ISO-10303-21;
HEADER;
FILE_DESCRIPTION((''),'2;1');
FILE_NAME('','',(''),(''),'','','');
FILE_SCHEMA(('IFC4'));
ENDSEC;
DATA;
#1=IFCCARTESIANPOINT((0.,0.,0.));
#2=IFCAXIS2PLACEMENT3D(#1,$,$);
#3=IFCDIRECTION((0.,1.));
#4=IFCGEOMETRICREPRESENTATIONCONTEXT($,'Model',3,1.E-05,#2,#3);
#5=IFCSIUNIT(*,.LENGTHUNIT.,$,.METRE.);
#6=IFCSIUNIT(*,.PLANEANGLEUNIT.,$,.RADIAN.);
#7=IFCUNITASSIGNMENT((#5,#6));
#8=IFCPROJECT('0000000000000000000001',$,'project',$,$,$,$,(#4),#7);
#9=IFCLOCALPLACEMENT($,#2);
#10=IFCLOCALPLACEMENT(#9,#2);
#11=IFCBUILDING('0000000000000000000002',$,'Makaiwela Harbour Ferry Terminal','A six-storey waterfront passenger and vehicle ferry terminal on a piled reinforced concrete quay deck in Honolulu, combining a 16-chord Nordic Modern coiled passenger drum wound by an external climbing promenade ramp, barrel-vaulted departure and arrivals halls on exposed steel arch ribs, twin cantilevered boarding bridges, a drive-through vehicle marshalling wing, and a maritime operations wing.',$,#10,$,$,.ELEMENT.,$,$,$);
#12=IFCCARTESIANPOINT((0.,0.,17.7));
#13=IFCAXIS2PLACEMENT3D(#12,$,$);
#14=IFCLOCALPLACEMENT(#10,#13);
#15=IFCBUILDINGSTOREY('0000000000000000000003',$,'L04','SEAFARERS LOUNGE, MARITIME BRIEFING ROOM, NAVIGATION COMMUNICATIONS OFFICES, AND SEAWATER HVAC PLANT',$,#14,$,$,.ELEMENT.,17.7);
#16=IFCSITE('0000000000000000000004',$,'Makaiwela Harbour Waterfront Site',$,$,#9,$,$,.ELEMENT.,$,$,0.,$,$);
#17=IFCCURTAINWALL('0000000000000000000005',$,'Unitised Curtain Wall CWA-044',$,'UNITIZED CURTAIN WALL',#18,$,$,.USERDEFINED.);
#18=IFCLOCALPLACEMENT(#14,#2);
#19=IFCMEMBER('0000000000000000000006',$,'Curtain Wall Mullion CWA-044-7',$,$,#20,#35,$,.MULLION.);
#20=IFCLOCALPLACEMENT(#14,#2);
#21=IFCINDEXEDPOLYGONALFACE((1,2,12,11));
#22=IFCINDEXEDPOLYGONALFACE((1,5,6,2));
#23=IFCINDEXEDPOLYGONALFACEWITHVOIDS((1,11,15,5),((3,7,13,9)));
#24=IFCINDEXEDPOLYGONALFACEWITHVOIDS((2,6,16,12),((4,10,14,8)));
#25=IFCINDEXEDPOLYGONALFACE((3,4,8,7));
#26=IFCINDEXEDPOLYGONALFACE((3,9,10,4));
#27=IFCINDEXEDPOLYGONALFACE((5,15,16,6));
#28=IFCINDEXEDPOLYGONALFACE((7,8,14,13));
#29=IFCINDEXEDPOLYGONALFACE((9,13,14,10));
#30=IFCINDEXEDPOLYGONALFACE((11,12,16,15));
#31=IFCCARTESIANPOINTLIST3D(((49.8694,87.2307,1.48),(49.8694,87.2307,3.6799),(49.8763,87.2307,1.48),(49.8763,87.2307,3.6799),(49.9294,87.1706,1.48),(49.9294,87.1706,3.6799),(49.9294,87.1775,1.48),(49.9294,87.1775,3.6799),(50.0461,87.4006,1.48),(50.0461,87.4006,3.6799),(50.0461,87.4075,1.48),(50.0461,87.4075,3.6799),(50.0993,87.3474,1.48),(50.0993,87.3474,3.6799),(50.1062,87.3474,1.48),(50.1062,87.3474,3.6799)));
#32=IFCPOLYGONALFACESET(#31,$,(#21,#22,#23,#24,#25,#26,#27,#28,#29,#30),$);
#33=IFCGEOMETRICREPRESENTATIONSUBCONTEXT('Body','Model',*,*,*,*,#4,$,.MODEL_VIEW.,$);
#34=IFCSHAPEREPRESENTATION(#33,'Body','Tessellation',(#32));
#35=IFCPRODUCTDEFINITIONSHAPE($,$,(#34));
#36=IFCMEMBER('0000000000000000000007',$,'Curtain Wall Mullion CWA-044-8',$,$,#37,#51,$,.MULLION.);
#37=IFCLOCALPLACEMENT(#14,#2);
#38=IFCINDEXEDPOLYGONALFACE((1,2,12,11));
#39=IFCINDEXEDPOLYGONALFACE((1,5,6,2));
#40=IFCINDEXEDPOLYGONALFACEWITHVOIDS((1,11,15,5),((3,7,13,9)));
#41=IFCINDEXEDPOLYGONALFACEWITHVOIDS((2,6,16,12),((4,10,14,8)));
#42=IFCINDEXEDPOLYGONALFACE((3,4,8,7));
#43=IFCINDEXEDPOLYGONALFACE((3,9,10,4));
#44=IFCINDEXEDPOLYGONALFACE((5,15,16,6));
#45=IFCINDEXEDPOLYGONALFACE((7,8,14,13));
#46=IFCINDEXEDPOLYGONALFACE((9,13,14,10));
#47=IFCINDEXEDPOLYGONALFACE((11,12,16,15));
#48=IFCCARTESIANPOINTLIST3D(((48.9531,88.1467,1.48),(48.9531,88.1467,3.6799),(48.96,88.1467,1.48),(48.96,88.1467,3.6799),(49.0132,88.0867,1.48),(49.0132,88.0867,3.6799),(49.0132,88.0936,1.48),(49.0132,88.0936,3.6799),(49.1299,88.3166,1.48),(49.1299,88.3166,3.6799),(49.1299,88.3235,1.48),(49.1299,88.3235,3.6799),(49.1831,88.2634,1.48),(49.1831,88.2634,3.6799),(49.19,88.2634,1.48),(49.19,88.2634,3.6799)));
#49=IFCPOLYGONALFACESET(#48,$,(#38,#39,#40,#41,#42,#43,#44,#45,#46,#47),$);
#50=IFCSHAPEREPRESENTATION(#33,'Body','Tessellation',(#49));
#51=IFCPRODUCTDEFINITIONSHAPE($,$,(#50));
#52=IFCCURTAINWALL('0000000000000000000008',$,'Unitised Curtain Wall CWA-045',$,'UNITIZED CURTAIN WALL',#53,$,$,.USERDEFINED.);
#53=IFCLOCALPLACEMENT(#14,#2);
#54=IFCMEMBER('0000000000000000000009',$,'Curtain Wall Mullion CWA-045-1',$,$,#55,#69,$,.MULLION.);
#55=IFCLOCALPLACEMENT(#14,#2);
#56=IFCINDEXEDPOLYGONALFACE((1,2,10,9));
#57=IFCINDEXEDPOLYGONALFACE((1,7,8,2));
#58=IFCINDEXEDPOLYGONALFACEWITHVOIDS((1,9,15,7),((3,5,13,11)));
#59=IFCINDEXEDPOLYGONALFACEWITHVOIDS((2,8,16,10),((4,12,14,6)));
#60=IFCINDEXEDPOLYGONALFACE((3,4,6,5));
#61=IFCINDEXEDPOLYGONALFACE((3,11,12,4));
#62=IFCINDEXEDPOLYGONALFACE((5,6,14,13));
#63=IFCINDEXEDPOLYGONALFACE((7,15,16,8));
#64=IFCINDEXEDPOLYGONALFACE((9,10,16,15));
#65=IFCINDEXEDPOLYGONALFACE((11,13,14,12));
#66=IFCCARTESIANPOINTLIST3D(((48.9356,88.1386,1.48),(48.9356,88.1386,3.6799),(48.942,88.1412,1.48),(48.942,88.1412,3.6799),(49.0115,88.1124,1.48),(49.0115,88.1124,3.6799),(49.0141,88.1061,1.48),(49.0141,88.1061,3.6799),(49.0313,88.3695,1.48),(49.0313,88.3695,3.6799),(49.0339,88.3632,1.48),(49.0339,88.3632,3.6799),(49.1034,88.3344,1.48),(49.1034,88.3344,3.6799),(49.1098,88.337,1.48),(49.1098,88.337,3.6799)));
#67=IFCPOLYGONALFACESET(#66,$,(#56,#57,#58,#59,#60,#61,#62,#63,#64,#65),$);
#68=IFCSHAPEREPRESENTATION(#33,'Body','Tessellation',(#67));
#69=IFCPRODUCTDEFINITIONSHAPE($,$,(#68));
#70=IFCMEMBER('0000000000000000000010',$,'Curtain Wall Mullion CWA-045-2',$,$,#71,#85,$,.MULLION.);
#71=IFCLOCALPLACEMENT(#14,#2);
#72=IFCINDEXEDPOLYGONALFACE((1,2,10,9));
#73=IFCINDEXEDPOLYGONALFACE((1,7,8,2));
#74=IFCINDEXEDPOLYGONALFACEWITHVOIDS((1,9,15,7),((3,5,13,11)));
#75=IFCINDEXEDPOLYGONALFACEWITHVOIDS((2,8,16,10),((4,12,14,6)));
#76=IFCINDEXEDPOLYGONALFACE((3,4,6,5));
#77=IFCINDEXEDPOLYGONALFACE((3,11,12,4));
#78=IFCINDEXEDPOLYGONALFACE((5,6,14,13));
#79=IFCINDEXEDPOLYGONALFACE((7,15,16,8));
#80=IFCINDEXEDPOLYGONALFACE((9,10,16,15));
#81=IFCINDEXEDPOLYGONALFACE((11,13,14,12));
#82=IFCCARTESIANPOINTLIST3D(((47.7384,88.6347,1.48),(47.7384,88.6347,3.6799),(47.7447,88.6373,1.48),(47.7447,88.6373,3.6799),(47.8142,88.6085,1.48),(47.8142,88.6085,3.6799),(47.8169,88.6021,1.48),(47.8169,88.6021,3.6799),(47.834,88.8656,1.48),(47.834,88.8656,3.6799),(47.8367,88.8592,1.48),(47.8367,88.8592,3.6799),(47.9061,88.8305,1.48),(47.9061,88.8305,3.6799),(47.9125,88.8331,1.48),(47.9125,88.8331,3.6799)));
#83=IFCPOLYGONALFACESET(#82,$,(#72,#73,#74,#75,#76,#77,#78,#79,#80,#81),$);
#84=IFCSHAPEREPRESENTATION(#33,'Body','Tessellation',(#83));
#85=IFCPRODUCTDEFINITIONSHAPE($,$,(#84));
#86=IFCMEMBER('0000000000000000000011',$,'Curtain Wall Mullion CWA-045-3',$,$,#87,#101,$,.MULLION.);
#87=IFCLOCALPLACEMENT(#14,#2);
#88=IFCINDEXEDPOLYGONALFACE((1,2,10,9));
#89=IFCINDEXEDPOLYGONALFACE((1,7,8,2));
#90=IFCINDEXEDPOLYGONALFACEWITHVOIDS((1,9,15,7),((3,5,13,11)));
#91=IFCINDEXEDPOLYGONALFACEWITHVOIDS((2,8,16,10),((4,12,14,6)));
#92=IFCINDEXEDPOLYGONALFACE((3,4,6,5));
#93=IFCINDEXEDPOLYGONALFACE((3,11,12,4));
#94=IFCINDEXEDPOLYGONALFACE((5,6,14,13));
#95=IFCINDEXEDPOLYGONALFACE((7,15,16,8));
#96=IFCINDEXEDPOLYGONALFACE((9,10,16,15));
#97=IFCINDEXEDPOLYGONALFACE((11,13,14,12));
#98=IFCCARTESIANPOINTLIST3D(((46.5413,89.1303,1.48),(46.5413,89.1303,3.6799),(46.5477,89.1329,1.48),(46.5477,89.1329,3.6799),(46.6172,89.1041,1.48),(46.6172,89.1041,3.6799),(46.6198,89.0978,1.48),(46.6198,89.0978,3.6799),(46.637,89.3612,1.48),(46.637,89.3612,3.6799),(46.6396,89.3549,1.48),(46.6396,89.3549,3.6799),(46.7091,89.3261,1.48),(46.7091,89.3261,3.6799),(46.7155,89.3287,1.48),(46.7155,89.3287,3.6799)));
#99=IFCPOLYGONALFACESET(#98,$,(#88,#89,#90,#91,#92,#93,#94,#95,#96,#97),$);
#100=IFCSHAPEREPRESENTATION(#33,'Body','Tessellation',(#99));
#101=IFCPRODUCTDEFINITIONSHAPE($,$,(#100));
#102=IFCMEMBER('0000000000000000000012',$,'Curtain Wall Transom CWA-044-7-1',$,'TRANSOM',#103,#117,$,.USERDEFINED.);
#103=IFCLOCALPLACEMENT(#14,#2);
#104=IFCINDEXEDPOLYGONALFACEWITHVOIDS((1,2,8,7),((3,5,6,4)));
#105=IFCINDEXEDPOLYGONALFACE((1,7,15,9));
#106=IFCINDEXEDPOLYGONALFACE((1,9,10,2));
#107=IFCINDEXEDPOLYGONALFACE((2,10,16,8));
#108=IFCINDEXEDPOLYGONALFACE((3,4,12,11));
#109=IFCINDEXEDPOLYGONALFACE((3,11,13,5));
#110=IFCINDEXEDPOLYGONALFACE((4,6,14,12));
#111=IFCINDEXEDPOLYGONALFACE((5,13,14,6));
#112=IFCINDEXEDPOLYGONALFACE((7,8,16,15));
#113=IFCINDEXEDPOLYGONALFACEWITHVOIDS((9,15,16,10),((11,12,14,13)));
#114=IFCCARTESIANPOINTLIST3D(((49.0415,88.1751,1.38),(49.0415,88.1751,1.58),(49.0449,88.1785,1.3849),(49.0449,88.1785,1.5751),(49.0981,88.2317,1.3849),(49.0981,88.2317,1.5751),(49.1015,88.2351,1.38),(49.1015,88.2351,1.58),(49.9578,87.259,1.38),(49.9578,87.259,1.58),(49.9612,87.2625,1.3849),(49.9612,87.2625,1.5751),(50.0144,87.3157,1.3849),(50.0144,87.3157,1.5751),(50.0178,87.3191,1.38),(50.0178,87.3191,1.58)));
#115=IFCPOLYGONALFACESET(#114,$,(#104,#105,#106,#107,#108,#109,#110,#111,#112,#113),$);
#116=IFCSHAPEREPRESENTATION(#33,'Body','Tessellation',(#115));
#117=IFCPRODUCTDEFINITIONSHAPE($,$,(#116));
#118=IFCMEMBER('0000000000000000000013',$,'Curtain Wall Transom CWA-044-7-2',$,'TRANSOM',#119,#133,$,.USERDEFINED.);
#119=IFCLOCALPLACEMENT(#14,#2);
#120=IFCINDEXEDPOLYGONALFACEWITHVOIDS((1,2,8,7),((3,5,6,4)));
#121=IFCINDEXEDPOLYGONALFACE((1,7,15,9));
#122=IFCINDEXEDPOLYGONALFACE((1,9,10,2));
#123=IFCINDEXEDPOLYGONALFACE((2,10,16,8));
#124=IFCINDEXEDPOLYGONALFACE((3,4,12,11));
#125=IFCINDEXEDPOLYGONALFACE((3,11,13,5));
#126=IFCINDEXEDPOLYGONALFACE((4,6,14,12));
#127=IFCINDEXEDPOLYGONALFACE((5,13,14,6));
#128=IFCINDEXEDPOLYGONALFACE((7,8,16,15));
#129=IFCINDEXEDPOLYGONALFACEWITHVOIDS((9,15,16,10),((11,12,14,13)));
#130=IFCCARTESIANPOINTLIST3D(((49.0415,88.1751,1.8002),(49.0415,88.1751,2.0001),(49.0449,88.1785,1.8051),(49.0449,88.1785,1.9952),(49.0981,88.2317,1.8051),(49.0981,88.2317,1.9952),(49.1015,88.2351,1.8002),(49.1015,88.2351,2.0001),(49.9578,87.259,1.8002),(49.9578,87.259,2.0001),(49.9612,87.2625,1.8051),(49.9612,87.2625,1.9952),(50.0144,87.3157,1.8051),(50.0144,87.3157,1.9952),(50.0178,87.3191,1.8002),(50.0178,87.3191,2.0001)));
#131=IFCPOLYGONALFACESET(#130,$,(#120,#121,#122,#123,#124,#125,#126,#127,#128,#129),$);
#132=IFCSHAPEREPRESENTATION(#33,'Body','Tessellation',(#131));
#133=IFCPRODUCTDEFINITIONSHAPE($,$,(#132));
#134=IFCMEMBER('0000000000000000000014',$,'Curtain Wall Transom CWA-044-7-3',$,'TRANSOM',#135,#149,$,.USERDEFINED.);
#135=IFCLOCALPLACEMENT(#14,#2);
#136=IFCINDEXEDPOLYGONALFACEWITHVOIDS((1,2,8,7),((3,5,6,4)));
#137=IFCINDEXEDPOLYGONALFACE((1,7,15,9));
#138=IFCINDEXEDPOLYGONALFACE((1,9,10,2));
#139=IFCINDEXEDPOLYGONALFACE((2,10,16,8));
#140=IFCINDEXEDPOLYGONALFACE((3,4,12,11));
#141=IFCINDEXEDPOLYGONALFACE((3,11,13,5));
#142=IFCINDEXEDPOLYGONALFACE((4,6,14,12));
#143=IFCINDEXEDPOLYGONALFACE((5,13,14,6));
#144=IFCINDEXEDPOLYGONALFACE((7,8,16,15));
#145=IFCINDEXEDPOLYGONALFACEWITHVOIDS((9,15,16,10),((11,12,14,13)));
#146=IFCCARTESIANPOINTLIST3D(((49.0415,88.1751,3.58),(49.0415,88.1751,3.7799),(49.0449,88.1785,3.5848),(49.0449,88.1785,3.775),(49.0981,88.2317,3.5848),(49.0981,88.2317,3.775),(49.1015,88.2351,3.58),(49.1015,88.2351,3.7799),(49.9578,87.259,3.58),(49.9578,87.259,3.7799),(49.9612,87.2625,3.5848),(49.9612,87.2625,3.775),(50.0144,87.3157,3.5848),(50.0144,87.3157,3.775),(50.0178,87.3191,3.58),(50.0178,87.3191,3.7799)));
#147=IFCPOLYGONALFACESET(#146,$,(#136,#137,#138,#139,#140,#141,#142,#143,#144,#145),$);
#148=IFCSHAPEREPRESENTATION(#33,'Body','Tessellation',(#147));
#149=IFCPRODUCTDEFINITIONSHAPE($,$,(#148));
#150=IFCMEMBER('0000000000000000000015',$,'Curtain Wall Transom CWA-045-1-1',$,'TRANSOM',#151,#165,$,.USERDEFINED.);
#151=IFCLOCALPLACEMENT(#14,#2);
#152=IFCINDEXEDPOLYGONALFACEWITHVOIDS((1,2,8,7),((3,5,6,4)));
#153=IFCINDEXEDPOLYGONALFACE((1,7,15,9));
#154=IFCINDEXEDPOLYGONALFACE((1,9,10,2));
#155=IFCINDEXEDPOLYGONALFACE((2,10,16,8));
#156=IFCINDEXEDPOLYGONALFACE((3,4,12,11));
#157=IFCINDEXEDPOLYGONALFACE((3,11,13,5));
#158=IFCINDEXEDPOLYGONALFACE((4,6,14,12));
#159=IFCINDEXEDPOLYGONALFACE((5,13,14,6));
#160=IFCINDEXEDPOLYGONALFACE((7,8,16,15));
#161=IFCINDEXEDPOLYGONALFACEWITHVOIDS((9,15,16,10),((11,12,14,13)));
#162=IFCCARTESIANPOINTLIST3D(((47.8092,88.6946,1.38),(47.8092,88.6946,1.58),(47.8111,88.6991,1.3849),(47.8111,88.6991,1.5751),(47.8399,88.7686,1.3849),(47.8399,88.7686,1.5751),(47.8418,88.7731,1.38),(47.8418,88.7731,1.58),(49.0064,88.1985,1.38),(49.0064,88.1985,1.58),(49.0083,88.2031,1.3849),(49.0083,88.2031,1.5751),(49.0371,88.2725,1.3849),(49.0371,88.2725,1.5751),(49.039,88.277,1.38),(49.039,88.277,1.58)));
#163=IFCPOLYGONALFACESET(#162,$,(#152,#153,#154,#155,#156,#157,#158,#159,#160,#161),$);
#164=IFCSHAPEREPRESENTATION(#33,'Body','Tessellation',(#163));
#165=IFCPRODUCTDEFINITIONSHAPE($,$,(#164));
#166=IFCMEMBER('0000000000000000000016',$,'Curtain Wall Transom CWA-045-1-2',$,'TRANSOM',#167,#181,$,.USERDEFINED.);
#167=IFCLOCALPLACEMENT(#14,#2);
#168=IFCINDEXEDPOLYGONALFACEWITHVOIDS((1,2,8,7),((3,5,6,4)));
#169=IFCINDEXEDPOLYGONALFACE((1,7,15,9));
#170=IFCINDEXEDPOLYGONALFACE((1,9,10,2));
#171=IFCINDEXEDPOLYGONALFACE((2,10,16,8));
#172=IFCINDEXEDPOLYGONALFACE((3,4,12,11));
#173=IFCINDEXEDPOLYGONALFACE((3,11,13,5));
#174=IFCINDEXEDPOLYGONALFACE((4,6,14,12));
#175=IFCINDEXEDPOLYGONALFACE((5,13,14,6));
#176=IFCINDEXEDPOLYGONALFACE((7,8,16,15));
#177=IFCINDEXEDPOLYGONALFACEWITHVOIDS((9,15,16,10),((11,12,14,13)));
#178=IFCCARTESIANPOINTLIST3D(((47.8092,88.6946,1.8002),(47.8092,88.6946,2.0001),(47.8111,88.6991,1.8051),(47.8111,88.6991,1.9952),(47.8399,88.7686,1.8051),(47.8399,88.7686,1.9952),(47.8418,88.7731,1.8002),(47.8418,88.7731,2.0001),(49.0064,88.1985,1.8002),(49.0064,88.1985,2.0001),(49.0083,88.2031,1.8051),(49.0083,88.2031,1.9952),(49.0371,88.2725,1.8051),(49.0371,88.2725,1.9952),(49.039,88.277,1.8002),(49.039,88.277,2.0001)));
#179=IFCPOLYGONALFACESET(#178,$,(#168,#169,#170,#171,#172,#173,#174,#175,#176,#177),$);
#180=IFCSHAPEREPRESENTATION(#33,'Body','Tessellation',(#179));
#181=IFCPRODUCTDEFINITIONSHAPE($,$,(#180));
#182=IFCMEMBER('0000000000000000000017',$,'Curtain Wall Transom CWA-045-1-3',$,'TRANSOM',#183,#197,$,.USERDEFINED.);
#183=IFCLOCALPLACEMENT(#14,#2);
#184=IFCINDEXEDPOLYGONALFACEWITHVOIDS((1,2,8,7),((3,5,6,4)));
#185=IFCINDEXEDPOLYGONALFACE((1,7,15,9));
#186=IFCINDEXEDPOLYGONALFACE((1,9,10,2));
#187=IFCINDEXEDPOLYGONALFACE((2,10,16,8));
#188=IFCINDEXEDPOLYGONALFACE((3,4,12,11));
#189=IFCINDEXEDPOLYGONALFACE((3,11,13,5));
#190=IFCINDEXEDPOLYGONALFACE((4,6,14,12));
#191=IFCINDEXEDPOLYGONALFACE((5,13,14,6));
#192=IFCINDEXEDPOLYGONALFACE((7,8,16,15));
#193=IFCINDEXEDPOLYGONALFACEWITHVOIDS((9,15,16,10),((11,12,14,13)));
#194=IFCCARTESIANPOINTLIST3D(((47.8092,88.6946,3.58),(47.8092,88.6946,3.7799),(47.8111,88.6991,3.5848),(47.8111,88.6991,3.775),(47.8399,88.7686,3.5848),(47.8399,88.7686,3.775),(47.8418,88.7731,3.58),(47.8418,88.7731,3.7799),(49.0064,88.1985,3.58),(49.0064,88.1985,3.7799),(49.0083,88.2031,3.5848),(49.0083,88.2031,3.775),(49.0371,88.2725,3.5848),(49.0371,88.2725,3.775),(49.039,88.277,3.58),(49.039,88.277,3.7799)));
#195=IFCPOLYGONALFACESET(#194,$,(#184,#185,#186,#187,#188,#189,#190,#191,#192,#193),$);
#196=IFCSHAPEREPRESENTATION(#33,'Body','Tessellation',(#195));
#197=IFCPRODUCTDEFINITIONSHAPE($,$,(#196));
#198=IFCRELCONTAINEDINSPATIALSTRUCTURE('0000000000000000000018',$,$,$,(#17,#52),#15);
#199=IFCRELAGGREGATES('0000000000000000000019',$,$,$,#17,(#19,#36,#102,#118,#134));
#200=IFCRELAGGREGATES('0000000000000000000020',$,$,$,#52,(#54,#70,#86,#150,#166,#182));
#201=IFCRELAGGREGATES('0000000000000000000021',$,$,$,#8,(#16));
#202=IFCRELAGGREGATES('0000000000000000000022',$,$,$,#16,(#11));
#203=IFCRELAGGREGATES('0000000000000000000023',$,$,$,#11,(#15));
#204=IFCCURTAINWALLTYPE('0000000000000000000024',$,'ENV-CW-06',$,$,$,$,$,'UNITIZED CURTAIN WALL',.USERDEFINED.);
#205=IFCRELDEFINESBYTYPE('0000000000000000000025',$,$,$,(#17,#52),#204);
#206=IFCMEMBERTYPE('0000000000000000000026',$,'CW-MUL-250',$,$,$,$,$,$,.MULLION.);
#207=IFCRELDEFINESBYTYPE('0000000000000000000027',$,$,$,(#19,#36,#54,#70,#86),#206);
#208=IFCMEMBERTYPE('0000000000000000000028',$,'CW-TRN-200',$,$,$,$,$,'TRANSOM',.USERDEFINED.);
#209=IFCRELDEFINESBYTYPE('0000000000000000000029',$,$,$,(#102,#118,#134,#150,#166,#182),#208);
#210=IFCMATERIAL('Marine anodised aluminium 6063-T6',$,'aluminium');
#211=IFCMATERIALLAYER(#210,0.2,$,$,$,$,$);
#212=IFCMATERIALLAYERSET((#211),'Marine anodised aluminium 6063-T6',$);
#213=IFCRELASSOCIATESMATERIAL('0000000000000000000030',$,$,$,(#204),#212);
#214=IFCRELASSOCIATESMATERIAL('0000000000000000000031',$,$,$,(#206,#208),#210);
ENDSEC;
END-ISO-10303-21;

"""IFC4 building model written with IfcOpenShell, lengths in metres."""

from ifc_helpers import new_model, si_unit, direction, frame, origin, origin_2d, place, context, subcontext, project, spatial, hollow_rectangle, extrude, material, layer, layer_set, material_profile, profile_set, type_object, element, aggregate, save


model = new_model("IFC4")

# Units and contexts
model_context = context("Model", 3, precision=1e-05, world=origin(), true_north=direction((0.0, 1.0)))
body_context = subcontext(model_context, "Body", "Model", "MODEL_VIEW")
ifc_project = project(units=[si_unit("LENGTHUNIT", "METRE"), si_unit("PLANEANGLEUNIT", "RADIAN")], contexts=[model_context])

# Site, building, storey
site_placement = place(None, origin())
site = spatial("IfcSite", under=ifc_project, at=site_placement, Name="Makaiwela Harbour Waterfront Site", CompositionType="ELEMENT", RefElevation=0.0)
building_placement = place(site_placement, origin())
building = spatial("IfcBuilding", under=site, at=building_placement, Name="Makaiwela Harbour Ferry Terminal", Description="A six-storey waterfront passenger and vehicle ferry terminal on a piled reinforced concrete quay deck in Honolulu, combining a 16-chord Nordic Modern coiled passenger drum wound by an external climbing promenade ramp, barrel-vaulted departure and arrivals halls on exposed steel arch ribs, twin cantilevered boarding bridges, a drive-through vehicle marshalling wing, and a maritime operations wing.", CompositionType="ELEMENT")
storey_placement = place(building_placement, frame((0.0, 0.0, 17.7)))
storey = spatial("IfcBuildingStorey", under=building, at=storey_placement, Name="L04", Description="SEAFARERS LOUNGE, MARITIME BRIEFING ROOM, NAVIGATION COMMUNICATIONS OFFICES, AND SEAWATER HVAC PLANT", CompositionType="ELEMENT", Elevation=17.7)

# Curtain walls, members
ifc_material_1 = material(Name="Marine anodised aluminium 6063-T6", Category="aluminium")
ifc_layer_1 = layer(ifc_material_1, 0.2)
ifc_layer_set_1 = layer_set([ifc_layer_1], Name="Marine anodised aluminium 6063-T6")
curtain_wall_type = type_object("IfcCurtainWallType", Name="ENV-CW-06", ElementType="UNITIZED CURTAIN WALL", PredefinedType="USERDEFINED", material=ifc_layer_set_1)
curtain_wall_1_placement = place(storey_placement, origin())
curtain_wall_1 = element("IfcCurtainWall", 1, at=curtain_wall_1_placement, inside=storey, type_object=curtain_wall_type, Name="Unitised Curtain Wall CWA-044", ObjectType="UNITIZED CURTAIN WALL", PredefinedType="USERDEFINED")
ifc_material_profile_1 = material_profile(ifc_material_1, hollow_rectangle(XDim=0.085, YDim=0.25, WallThickness=0.0049, at=origin_2d()), Name="CWM-250X85")
ifc_profile_set_1 = profile_set([ifc_material_profile_1], Name="Marine anodised aluminium 6063-T6")
member_type_1 = type_object("IfcMemberType", Name="CW-MUL-250", PredefinedType="MULLION", material=ifc_profile_set_1)
member_1_placement = place(storey_placement, frame((49.9878, 87.2891, 1.48), z_axis=(0.0, 0.0, 1.0), x_axis=(-0.707107, 0.707107, 0.0)))
member_1 = element("IfcMember", 2, at=member_1_placement, type_object=member_type_1, Name="Curtain Wall Mullion CWA-044-7", PredefinedType="MULLION", context=body_context, shape_type="SweptSolid", body=[
    extrude(hollow_rectangle(XDim=0.085, YDim=0.25, WallThickness=0.0049, at=origin_2d()), origin(), (0.0, 0.0, 1.0), 2.2),
])
member_2_placement = place(storey_placement, frame((49.0715, 88.2051, 1.48), z_axis=(0.0, 0.0, 1.0), x_axis=(-0.707107, 0.707107, 0.0)))
member_2 = element("IfcMember", 3, at=member_2_placement, type_object=member_type_1, Name="Curtain Wall Mullion CWA-044-8", PredefinedType="MULLION", context=body_context, shape_type="SweptSolid", body=[
    extrude(hollow_rectangle(XDim=0.085, YDim=0.25, WallThickness=0.0049, at=origin_2d()), origin(), (0.0, 0.0, 1.0), 2.2),
])
curtain_wall_2_placement = place(storey_placement, origin())
curtain_wall_2 = element("IfcCurtainWall", 4, at=curtain_wall_2_placement, inside=storey, type_object=curtain_wall_type, Name="Unitised Curtain Wall CWA-045", ObjectType="UNITIZED CURTAIN WALL", PredefinedType="USERDEFINED")
member_3_placement = place(storey_placement, frame((49.0227, 88.2378, 1.48), z_axis=(0.0, 0.0, 1.0), x_axis=(-0.92388, 0.382683, 0.0)))
member_3 = element("IfcMember", 5, at=member_3_placement, type_object=member_type_1, Name="Curtain Wall Mullion CWA-045-1", PredefinedType="MULLION", context=body_context, shape_type="SweptSolid", body=[
    extrude(hollow_rectangle(XDim=0.085, YDim=0.25, WallThickness=0.0049, at=origin_2d()), origin(), (0.0, 0.0, 1.0), 2.2),
])
member_4_placement = place(storey_placement, frame((47.8254, 88.7339, 1.48), z_axis=(0.0, 0.0, 1.0), x_axis=(-0.92388, 0.382683, 0.0)))
member_4 = element("IfcMember", 6, at=member_4_placement, type_object=member_type_1, Name="Curtain Wall Mullion CWA-045-2", PredefinedType="MULLION", context=body_context, shape_type="SweptSolid", body=[
    extrude(hollow_rectangle(XDim=0.085, YDim=0.25, WallThickness=0.0049, at=origin_2d()), origin(), (0.0, 0.0, 1.0), 2.2),
])
member_5_placement = place(storey_placement, frame((46.6284, 89.2295, 1.48), z_axis=(0.0, 0.0, 1.0), x_axis=(-0.92388, 0.382683, 0.0)))
member_5 = element("IfcMember", 7, at=member_5_placement, type_object=member_type_1, Name="Curtain Wall Mullion CWA-045-3", PredefinedType="MULLION", context=body_context, shape_type="SweptSolid", body=[
    extrude(hollow_rectangle(XDim=0.085, YDim=0.25, WallThickness=0.0049, at=origin_2d()), origin(), (0.0, 0.0, 1.0), 2.2),
])

# Members
ifc_material_profile_2 = material_profile(ifc_material_1, hollow_rectangle(XDim=0.085, YDim=0.2, WallThickness=0.0049, at=origin_2d()), Name="CWT-200X85")
ifc_profile_set_2 = profile_set([ifc_material_profile_2], Name="Marine anodised aluminium 6063-T6")
member_type_2 = type_object("IfcMemberType", Name="CW-TRN-200", ElementType="TRANSOM", PredefinedType="USERDEFINED", material=ifc_profile_set_2)
member_6_placement = place(storey_placement, frame((49.9878, 87.2891, 1.48), z_axis=(-0.707201, 0.707013, 0.0), x_axis=(-0.707013, -0.707201, 0.0)))
member_6 = element("IfcMember", 8, at=member_6_placement, type_object=member_type_2, Name="Curtain Wall Transom CWA-044-7-1", ObjectType="TRANSOM", PredefinedType="USERDEFINED", context=body_context, shape_type="SweptSolid", body=[
    extrude(hollow_rectangle(XDim=0.085, YDim=0.2, WallThickness=0.0049, at=origin_2d()), origin(), (0.0, 0.0, 1.0), 1.2957),
])
member_7_placement = place(storey_placement, frame((49.9878, 87.2891, 1.9001), z_axis=(-0.707201, 0.707013, 0.0), x_axis=(-0.707013, -0.707201, 0.0)))
member_7 = element("IfcMember", 9, at=member_7_placement, type_object=member_type_2, Name="Curtain Wall Transom CWA-044-7-2", ObjectType="TRANSOM", PredefinedType="USERDEFINED", context=body_context, shape_type="SweptSolid", body=[
    extrude(hollow_rectangle(XDim=0.085, YDim=0.2, WallThickness=0.0049, at=origin_2d()), origin(), (0.0, 0.0, 1.0), 1.2957),
])
member_8_placement = place(storey_placement, frame((49.9878, 87.2891, 3.6799), z_axis=(-0.707201, 0.707013, 0.0), x_axis=(-0.707013, -0.707201, 0.0)))
member_8 = element("IfcMember", 10, at=member_8_placement, type_object=member_type_2, Name="Curtain Wall Transom CWA-044-7-3", ObjectType="TRANSOM", PredefinedType="USERDEFINED", context=body_context, shape_type="SweptSolid", body=[
    extrude(hollow_rectangle(XDim=0.085, YDim=0.2, WallThickness=0.0049, at=origin_2d()), origin(), (0.0, 0.0, 1.0), 1.2957),
])
member_9_placement = place(storey_placement, frame((49.0227, 88.2378, 1.48), z_axis=(-0.923833, 0.382795, 0.0), x_axis=(-0.382795, -0.923833, 0.0)))
member_9 = element("IfcMember", 11, at=member_9_placement, type_object=member_type_2, Name="Curtain Wall Transom CWA-045-1-1", ObjectType="TRANSOM", PredefinedType="USERDEFINED", context=body_context, shape_type="SweptSolid", body=[
    extrude(hollow_rectangle(XDim=0.085, YDim=0.2, WallThickness=0.0049, at=origin_2d()), origin(), (0.0, 0.0, 1.0), 1.2959),
])
member_10_placement = place(storey_placement, frame((49.0227, 88.2378, 1.9001), z_axis=(-0.923833, 0.382795, 0.0), x_axis=(-0.382795, -0.923833, 0.0)))
member_10 = element("IfcMember", 12, at=member_10_placement, type_object=member_type_2, Name="Curtain Wall Transom CWA-045-1-2", ObjectType="TRANSOM", PredefinedType="USERDEFINED", context=body_context, shape_type="SweptSolid", body=[
    extrude(hollow_rectangle(XDim=0.085, YDim=0.2, WallThickness=0.0049, at=origin_2d()), origin(), (0.0, 0.0, 1.0), 1.2959),
])
member_11_placement = place(storey_placement, frame((49.0227, 88.2378, 3.6799), z_axis=(-0.923833, 0.382795, 0.0), x_axis=(-0.382795, -0.923833, 0.0)))
member_11 = element("IfcMember", 13, at=member_11_placement, type_object=member_type_2, Name="Curtain Wall Transom CWA-045-1-3", ObjectType="TRANSOM", PredefinedType="USERDEFINED", context=body_context, shape_type="SweptSolid", body=[
    extrude(hollow_rectangle(XDim=0.085, YDim=0.2, WallThickness=0.0049, at=origin_2d()), origin(), (0.0, 0.0, 1.0), 1.2959),
])

aggregate(curtain_wall_1, [member_1, member_2, member_6, member_7, member_8])
aggregate(curtain_wall_2, [member_3, member_4, member_5, member_9, member_10, member_11])

save(model, "model.ifc")
